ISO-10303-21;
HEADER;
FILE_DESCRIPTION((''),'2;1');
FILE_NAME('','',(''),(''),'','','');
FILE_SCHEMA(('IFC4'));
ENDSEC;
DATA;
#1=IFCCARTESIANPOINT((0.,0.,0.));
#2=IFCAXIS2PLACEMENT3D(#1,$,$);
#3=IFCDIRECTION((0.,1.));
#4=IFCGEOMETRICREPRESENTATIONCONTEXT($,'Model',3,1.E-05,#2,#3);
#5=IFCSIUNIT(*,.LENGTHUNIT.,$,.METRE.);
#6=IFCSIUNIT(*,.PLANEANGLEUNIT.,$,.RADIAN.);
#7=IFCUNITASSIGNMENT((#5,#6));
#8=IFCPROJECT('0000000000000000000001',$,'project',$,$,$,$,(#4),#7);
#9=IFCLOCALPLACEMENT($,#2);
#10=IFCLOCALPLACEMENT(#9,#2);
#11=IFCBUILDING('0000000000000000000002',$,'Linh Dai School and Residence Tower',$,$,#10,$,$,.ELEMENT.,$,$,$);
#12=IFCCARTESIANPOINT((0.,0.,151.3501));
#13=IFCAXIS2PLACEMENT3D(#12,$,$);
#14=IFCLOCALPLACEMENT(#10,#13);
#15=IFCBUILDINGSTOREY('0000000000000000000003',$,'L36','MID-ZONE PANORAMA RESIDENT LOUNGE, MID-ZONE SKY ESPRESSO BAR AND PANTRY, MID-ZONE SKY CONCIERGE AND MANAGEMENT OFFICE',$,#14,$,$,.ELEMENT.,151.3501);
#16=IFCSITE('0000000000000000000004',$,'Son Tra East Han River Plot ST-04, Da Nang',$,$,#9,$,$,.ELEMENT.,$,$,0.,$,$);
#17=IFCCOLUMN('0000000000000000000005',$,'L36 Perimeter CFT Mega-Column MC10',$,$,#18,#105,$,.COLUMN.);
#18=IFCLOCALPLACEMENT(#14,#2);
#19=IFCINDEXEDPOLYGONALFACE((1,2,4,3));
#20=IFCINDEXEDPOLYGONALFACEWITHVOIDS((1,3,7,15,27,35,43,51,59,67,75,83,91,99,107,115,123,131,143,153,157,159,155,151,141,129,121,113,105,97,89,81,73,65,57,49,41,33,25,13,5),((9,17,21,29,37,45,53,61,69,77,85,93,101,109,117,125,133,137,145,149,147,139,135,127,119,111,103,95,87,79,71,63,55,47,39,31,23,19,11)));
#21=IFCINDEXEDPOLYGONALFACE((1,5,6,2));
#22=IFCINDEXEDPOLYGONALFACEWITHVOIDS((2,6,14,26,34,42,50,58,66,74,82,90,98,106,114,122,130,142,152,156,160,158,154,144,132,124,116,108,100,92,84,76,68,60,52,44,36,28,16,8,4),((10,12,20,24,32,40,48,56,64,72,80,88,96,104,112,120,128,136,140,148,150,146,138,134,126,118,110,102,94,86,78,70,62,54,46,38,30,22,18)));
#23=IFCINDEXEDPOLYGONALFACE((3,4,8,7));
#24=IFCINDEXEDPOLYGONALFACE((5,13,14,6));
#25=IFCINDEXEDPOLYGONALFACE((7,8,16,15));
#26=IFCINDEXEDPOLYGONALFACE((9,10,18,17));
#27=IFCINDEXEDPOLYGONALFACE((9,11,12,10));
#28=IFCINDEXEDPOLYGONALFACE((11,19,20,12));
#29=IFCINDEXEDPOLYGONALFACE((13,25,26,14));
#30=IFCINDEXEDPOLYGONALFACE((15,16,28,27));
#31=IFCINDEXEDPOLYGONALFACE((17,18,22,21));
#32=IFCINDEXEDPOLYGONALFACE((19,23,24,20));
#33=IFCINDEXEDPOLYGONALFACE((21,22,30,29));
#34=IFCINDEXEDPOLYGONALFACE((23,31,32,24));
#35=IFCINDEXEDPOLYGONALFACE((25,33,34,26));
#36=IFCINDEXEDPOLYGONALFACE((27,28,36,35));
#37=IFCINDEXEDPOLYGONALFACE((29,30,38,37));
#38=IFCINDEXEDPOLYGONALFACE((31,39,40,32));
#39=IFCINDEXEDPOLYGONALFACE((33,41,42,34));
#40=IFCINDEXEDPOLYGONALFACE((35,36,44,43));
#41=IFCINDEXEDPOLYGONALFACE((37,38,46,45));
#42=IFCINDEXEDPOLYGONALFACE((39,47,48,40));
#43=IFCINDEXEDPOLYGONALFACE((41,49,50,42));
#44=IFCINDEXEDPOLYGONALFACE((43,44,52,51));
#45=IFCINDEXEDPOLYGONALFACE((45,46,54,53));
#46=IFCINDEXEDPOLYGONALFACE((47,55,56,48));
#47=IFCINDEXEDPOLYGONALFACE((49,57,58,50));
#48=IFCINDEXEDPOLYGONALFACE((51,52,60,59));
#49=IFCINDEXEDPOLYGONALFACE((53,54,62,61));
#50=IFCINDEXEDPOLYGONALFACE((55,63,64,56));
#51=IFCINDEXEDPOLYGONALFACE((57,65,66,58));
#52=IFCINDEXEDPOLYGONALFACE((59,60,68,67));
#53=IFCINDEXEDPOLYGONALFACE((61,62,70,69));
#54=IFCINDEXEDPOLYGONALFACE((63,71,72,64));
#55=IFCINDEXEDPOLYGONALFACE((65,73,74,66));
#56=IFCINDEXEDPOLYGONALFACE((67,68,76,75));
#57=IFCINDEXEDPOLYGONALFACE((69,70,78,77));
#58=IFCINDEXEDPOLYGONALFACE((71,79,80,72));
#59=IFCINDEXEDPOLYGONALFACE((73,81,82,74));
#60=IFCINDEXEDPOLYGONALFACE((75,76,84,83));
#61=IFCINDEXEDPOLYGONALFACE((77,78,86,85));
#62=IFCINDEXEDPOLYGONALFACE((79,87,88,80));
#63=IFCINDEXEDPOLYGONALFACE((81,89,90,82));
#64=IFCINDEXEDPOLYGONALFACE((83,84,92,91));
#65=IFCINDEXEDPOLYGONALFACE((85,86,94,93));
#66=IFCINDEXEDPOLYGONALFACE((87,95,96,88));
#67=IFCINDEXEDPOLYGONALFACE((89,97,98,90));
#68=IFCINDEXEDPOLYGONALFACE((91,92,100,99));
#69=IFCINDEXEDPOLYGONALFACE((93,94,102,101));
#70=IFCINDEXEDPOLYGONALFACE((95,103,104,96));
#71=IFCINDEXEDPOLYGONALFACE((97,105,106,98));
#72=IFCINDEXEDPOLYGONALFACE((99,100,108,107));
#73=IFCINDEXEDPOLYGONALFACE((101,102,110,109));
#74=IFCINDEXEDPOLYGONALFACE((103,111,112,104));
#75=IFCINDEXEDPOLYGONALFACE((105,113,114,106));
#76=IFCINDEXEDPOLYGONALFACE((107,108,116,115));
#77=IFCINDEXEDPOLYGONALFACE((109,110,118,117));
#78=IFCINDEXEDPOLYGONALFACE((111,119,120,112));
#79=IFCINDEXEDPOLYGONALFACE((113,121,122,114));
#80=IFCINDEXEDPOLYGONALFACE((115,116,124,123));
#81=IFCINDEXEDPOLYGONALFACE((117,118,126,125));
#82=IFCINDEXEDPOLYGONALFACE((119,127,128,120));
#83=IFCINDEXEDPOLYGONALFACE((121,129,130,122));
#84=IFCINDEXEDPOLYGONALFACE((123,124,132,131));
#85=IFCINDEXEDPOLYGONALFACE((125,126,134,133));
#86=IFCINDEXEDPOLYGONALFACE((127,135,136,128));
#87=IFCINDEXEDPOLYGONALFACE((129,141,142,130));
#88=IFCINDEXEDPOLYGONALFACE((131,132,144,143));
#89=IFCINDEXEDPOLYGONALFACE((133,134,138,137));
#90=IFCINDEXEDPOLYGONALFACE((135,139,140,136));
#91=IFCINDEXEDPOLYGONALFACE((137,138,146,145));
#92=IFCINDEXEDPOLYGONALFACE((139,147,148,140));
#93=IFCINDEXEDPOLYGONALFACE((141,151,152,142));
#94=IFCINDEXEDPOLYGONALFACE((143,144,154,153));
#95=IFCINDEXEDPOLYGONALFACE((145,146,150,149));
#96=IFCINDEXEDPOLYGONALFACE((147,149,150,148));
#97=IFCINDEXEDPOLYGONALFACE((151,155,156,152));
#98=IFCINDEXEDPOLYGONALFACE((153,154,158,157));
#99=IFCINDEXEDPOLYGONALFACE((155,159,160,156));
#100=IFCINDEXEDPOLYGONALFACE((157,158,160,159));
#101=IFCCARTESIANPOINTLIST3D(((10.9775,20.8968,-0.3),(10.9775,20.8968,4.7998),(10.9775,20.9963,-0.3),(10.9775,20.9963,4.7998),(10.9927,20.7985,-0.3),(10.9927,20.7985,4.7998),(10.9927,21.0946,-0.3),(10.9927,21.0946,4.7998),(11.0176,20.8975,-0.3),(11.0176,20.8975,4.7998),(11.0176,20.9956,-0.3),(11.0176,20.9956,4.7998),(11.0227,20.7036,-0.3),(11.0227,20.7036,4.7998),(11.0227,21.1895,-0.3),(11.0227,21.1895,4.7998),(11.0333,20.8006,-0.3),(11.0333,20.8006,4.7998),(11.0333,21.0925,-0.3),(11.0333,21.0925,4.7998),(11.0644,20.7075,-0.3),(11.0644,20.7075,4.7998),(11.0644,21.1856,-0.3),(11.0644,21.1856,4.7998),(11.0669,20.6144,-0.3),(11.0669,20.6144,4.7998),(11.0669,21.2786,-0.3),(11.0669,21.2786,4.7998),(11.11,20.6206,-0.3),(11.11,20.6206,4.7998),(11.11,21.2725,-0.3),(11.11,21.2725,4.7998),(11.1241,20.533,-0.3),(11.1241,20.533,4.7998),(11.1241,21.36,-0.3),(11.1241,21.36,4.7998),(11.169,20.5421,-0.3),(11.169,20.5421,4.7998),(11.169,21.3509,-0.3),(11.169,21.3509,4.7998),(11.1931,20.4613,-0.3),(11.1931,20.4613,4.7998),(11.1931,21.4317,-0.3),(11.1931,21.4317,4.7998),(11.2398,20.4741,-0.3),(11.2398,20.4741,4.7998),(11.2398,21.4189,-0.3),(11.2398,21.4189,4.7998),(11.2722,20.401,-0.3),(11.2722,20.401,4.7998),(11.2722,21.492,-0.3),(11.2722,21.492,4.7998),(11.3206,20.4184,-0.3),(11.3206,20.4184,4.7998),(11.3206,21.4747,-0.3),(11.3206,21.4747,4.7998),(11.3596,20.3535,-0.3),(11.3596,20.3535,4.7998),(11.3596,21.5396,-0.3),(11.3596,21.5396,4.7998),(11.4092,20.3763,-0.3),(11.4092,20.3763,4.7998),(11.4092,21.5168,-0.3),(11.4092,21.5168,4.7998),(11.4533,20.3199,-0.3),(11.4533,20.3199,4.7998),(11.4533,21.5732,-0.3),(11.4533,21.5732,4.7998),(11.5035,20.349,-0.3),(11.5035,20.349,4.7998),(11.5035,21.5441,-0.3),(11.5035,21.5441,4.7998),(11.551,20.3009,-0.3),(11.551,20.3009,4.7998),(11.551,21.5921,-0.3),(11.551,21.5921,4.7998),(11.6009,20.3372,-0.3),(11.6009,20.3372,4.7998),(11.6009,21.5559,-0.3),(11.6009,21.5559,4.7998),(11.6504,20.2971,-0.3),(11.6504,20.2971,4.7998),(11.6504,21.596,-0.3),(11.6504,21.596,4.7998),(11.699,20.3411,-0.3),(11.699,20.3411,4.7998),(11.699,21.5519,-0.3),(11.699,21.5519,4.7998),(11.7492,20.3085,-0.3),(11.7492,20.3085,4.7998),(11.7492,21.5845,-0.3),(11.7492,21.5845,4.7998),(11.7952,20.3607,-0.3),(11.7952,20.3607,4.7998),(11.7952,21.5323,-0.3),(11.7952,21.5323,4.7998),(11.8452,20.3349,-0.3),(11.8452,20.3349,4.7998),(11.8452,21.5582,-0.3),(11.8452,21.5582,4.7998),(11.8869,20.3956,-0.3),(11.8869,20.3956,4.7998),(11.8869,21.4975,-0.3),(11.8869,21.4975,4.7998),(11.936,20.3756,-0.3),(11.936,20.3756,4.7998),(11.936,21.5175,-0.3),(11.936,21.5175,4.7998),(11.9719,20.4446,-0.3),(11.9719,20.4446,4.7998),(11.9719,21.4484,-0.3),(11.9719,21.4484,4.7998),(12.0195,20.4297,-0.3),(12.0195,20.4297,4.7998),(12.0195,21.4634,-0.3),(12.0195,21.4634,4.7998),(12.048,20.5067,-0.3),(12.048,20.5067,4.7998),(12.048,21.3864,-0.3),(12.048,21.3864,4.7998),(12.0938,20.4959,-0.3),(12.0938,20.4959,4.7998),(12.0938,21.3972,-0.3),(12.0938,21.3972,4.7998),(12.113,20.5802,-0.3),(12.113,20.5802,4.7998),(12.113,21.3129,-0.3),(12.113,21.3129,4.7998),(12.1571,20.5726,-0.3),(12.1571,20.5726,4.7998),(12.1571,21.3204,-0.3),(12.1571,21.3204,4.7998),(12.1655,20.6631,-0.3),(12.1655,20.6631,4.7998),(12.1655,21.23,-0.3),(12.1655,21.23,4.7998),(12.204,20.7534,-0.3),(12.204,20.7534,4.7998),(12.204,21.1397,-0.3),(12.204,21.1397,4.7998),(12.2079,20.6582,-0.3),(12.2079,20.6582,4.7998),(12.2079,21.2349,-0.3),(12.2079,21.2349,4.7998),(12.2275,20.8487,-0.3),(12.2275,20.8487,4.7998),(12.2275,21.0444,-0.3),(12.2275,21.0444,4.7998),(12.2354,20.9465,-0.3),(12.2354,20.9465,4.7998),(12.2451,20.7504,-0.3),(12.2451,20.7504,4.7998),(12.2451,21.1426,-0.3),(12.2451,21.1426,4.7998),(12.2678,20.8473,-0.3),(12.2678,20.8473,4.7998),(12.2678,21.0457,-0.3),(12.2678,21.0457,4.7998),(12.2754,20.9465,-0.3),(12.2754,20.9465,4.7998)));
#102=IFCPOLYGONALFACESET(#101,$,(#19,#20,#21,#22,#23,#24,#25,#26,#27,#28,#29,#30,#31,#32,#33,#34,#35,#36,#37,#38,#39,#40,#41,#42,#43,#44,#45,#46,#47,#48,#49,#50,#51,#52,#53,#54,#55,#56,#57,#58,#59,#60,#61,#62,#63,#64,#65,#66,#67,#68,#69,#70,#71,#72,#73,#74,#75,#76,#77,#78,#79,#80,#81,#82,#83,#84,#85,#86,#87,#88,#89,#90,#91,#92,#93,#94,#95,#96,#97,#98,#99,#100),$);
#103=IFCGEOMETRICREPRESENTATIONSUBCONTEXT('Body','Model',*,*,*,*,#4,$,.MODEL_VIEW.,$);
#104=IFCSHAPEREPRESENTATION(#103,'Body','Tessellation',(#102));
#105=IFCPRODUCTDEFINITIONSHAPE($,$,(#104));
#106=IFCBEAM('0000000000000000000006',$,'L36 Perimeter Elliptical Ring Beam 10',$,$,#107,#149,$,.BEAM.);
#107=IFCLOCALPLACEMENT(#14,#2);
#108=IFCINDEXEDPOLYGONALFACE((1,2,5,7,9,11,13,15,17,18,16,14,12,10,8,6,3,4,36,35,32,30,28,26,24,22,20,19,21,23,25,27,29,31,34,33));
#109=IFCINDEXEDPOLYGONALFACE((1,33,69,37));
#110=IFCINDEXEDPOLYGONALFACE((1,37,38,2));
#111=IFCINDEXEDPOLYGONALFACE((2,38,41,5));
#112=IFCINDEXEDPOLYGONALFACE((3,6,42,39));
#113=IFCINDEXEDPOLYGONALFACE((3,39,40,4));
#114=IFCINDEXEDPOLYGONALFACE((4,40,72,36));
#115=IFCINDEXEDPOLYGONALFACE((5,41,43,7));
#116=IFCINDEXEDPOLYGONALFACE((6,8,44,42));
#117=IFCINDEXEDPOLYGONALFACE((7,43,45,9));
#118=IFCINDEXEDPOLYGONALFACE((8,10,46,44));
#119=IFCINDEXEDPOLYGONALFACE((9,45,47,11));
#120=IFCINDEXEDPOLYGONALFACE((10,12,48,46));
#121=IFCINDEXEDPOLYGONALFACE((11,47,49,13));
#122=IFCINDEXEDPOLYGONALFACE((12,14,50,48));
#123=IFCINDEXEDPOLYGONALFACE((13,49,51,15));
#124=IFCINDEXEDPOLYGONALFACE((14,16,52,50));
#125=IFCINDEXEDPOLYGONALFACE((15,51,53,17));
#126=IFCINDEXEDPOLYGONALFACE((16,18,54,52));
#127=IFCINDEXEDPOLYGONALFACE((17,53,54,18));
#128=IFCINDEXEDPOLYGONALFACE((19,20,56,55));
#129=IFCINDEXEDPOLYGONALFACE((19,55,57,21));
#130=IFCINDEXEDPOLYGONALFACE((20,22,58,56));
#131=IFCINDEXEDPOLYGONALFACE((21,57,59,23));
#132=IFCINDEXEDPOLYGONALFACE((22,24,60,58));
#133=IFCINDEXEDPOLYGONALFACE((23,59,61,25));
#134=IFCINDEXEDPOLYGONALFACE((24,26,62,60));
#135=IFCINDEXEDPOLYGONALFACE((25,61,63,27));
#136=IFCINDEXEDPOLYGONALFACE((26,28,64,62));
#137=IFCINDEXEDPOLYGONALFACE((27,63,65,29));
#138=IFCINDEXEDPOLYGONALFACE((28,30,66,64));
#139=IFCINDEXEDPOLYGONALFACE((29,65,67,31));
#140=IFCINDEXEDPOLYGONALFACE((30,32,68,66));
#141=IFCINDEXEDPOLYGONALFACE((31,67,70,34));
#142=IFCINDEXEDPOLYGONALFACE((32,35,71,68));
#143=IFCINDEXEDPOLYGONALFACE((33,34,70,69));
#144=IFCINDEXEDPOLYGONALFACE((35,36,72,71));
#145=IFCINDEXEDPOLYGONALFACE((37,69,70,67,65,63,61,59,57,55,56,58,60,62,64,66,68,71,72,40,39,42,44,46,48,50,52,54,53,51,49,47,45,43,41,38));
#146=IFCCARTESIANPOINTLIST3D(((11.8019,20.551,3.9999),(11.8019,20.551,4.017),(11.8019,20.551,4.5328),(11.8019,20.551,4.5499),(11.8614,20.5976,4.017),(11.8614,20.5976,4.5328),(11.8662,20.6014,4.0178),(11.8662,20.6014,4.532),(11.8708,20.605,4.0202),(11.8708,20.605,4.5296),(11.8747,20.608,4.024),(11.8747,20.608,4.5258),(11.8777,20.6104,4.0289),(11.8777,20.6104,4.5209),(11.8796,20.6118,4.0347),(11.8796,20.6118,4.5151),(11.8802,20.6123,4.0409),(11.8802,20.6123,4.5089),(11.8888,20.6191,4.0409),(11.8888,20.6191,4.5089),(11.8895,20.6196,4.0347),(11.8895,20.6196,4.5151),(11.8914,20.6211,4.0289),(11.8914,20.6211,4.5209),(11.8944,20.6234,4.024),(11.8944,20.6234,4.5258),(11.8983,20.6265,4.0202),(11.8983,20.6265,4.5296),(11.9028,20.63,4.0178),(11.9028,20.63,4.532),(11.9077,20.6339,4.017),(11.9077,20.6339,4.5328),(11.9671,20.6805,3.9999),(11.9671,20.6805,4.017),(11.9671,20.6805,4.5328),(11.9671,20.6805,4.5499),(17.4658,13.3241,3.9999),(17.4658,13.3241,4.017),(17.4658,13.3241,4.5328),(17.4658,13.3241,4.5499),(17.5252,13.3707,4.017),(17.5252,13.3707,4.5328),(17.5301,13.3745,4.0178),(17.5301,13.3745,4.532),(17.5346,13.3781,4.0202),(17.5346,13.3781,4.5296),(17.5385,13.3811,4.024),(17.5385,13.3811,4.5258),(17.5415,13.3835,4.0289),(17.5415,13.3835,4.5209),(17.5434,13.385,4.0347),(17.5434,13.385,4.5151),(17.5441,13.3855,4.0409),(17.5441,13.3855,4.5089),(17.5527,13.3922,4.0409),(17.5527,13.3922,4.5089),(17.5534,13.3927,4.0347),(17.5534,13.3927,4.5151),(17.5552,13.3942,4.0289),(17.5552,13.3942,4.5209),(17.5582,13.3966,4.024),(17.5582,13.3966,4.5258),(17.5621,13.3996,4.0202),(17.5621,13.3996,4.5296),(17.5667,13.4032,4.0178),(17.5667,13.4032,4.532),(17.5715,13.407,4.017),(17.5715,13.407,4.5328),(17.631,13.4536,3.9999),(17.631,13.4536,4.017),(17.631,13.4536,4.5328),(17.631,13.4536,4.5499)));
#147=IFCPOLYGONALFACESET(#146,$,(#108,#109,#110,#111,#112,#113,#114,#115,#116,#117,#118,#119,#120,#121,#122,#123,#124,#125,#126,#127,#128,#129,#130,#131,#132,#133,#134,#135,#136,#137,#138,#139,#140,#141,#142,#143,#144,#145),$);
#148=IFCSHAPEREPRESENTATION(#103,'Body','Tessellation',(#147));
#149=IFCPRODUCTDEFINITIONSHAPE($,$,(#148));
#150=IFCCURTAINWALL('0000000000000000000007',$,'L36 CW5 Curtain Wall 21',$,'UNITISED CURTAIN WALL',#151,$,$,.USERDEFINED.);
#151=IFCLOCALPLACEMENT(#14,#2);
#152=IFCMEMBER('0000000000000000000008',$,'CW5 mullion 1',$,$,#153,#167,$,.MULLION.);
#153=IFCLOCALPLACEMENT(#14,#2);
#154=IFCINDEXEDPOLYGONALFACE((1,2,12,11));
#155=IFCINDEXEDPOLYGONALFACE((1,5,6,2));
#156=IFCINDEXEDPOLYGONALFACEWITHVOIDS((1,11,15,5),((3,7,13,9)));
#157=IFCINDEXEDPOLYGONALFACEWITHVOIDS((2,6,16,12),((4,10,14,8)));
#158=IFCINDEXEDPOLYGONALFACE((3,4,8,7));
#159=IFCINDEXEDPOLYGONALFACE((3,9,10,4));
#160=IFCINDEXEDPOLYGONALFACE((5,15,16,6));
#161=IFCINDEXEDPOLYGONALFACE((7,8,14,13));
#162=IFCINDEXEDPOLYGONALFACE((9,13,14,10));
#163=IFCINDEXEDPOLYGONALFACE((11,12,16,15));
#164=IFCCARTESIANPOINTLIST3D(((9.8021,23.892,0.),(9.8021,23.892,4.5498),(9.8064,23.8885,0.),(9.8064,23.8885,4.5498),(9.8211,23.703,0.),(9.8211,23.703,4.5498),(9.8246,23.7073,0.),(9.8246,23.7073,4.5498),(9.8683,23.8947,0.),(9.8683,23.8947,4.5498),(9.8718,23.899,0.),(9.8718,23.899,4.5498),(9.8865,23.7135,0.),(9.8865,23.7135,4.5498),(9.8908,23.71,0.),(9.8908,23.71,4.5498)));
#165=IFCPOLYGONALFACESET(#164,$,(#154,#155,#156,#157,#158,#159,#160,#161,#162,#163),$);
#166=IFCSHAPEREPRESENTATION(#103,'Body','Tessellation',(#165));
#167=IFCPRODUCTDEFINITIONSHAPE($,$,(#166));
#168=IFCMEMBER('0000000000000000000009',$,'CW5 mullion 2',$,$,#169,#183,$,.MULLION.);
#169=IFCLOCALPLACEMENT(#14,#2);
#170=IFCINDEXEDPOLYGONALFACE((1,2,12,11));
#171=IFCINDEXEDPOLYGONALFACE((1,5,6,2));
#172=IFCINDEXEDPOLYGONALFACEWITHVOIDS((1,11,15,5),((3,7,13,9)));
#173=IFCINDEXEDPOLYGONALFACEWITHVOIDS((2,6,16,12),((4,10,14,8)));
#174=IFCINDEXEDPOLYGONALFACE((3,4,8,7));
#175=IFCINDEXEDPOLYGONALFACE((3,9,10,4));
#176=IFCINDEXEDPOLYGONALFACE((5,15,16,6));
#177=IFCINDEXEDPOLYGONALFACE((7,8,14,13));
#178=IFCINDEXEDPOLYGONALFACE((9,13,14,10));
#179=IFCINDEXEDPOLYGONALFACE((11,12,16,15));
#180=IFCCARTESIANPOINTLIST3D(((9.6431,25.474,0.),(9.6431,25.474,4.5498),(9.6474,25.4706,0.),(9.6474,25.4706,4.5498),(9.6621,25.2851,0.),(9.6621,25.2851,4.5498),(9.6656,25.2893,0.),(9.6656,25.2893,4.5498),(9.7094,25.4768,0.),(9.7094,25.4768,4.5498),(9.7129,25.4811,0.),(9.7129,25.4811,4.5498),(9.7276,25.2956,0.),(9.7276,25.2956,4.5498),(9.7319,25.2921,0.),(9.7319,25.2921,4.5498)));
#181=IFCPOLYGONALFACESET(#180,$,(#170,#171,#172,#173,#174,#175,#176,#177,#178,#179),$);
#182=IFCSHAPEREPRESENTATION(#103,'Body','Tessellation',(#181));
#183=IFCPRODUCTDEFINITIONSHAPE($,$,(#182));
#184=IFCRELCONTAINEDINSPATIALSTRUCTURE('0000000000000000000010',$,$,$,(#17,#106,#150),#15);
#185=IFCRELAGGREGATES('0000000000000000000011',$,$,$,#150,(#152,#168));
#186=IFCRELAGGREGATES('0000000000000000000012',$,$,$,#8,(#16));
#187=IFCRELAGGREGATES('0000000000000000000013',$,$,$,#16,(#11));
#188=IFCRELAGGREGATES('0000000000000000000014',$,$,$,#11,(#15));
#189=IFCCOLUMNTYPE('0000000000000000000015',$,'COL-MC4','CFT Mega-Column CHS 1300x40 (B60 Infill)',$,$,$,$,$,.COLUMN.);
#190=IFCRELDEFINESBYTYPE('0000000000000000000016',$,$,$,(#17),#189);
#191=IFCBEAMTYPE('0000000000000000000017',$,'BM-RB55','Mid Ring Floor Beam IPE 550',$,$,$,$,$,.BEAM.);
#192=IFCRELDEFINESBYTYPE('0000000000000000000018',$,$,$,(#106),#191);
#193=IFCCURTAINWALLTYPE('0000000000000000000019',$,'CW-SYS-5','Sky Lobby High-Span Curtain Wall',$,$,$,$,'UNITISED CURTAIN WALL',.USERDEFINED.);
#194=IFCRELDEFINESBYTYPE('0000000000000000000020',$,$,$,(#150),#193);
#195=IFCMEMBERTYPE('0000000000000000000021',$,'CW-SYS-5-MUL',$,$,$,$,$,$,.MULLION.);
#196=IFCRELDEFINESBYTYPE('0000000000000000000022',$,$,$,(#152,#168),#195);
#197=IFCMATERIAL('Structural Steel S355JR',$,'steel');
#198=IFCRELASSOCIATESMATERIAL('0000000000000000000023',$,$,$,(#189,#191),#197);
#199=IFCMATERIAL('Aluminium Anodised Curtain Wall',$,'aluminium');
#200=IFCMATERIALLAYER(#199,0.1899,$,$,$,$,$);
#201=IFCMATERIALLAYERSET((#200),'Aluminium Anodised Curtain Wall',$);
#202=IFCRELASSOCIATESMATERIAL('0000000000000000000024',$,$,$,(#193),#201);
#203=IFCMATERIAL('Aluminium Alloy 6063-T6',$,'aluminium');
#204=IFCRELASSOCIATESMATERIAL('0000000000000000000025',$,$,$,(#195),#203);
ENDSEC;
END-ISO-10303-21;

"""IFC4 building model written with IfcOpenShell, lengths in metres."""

from ifc_helpers import new_model, si_unit, direction, frame, origin, origin_2d, place, context, subcontext, project, spatial, hollow_rectangle, hollow_circle, i_section, extrude, source, transform, mapped, material, layer, layer_set, material_profile, profile_set, type_object, element, aggregate, save


model = new_model("IFC4")

# Units and contexts
model_context = context("Model", 3, precision=1e-05, world=origin(), true_north=direction((0.0, 1.0)))
body_context = subcontext(model_context, "Body", "Model", "MODEL_VIEW")
ifc_project = project(units=[si_unit("LENGTHUNIT", "METRE"), si_unit("PLANEANGLEUNIT", "RADIAN")], contexts=[model_context])

# Site, building, storey
site_placement = place(None, origin())
site = spatial("IfcSite", under=ifc_project, at=site_placement, Name="Son Tra East Han River Plot ST-04, Da Nang", CompositionType="ELEMENT", RefElevation=0.0)
building_placement = place(site_placement, origin())
building = spatial("IfcBuilding", under=site, at=building_placement, Name="Linh Dai School and Residence Tower", CompositionType="ELEMENT")
storey_placement = place(building_placement, frame((0.0, 0.0, 151.3501)))
storey = spatial("IfcBuildingStorey", under=building, at=storey_placement, Name="L36", Description="MID-ZONE PANORAMA RESIDENT LOUNGE, MID-ZONE SKY ESPRESSO BAR AND PANTRY, MID-ZONE SKY CONCIERGE AND MANAGEMENT OFFICE", CompositionType="ELEMENT", Elevation=151.3501)

# Column
ifc_material_1 = material(Name="Structural Steel S355JR", Category="steel")
ifc_material_profile_1 = material_profile(ifc_material_1, hollow_circle(Radius=0.6499, WallThickness=0.04, at=origin_2d()), Name="CHS 1300x40")
ifc_profile_set_1 = profile_set([ifc_material_profile_1], Name="Structural Steel S355JR")
column_type = type_object("IfcColumnType", Name="COL-MC4", Description="CFT Mega-Column CHS 1300x40 (B60 Infill)", PredefinedType="COLUMN", material=ifc_profile_set_1)
column_placement = place(storey_placement, frame((11.6255, 20.9465, -0.3), z_axis=(0.0, 0.0, 1.0), x_axis=(1.0, 0.0, 0.0)))
element("IfcColumn", 1, at=column_placement, inside=storey, type_object=column_type, Name="L36 Perimeter CFT Mega-Column MC10", PredefinedType="COLUMN", context=body_context, shape_type="SweptSolid", body=[
    extrude(hollow_circle(Radius=0.6499, WallThickness=0.04, at=origin_2d()), origin(), (0.0, 0.0, 1.0), 5.0999),
])

# Beam
ifc_material_profile_2 = material_profile(ifc_material_1, i_section(OverallWidth=0.21, OverallDepth=0.55, WebThickness=0.011, FlangeThickness=0.0171, FilletRadius=0.0239, at=origin_2d()), Name="IPE 550")
ifc_profile_set_2 = profile_set([ifc_material_profile_2], Name="Structural Steel S355JR")
beam_type = type_object("IfcBeamType", Name="BM-RB55", Description="Mid Ring Floor Beam IPE 550", PredefinedType="BEAM", material=ifc_profile_set_2)
beam_placement = place(storey_placement, frame((11.8845, 20.6157, 4.2749), z_axis=(0.616852, -0.787079, 0.0), x_axis=(0.787079, 0.616852, 0.0)))
element("IfcBeam", 2, at=beam_placement, inside=storey, type_object=beam_type, Name="L36 Perimeter Elliptical Ring Beam 10", PredefinedType="BEAM", context=body_context, shape_type="SweptSolid", body=[
    extrude(i_section(OverallWidth=0.21, OverallDepth=0.55, WebThickness=0.011, FlangeThickness=0.0171, FilletRadius=0.0239, at=origin_2d()), origin(), (0.0, 0.0, 1.0), 9.1819),
])

# Curtain wall, members
ifc_material_2 = material(Name="Aluminium Anodised Curtain Wall", Category="aluminium")
ifc_layer_1 = layer(ifc_material_2, 0.1899)
ifc_layer_set_1 = layer_set([ifc_layer_1], Name="Aluminium Anodised Curtain Wall")
curtain_wall_type = type_object("IfcCurtainWallType", Name="CW-SYS-5", Description="Sky Lobby High-Span Curtain Wall", ElementType="UNITISED CURTAIN WALL", PredefinedType="USERDEFINED", material=ifc_layer_set_1)
curtain_wall_1_placement = place(storey_placement, origin())
curtain_wall_1 = element("IfcCurtainWall", 3, at=curtain_wall_1_placement, inside=storey, type_object=curtain_wall_type, Name="L36 CW5 Curtain Wall 21", ObjectType="UNITISED CURTAIN WALL", PredefinedType="USERDEFINED")
ifc_material_3 = material(Name="Aluminium Alloy 6063-T6", Category="aluminium")
ifc_material_profile_3 = material_profile(ifc_material_3, hollow_rectangle(XDim=0.0701, YDim=0.1899, WallThickness=0.0039, at=origin_2d()), Name="RHS 190x70x4")
ifc_profile_set_3 = profile_set([ifc_material_profile_3], Name="Aluminium Alloy 6063-T6")
member_type_1 = type_object("IfcMemberType", Name="CW-SYS-5-MUL", PredefinedType="MULLION", material=ifc_profile_set_3)
shared_shape_1 = source(origin(), body_context, "Body", "SweptSolid", [
    extrude(hollow_rectangle(XDim=0.0701, YDim=0.1899, WallThickness=0.0039, at=origin_2d()), origin(), (0.0, 0.0, 1.0), 4.5498),
])
member_1_placement = place(storey_placement, frame((9.8464, 23.801, 0.0), z_axis=(0.0, 0.0, 1.0), x_axis=(-0.994987, -0.100002, 0.0)))
member_1 = element("IfcMember", 4, at=member_1_placement, type_object=member_type_1, Name="CW5 mullion 1", PredefinedType="MULLION", context=body_context, shape_type="MappedRepresentation", body=[
    mapped(shared_shape_1, transform((0.0, 0.0, 0.0), x_axis=(1.0, 0.0, 0.0), y_axis=(0.0, 1.0, 0.0), z_axis=(0.0, 0.0, 1.0), scale=1.0)),
])
member_2_placement = place(storey_placement, frame((9.6875, 25.3831, 0.0), z_axis=(0.0, 0.0, 1.0), x_axis=(-0.994987, -0.100002, 0.0)))
member_2 = element("IfcMember", 5, at=member_2_placement, type_object=member_type_1, Name="CW5 mullion 2", PredefinedType="MULLION", context=body_context, shape_type="MappedRepresentation", body=[
    mapped(shared_shape_1, transform((0.0, 0.0, 0.0), x_axis=(1.0, 0.0, 0.0), y_axis=(0.0, 1.0, 0.0), z_axis=(0.0, 0.0, 1.0), scale=1.0)),
])

aggregate(curtain_wall_1, [member_1, member_2])

save(model, "model.ifc")
